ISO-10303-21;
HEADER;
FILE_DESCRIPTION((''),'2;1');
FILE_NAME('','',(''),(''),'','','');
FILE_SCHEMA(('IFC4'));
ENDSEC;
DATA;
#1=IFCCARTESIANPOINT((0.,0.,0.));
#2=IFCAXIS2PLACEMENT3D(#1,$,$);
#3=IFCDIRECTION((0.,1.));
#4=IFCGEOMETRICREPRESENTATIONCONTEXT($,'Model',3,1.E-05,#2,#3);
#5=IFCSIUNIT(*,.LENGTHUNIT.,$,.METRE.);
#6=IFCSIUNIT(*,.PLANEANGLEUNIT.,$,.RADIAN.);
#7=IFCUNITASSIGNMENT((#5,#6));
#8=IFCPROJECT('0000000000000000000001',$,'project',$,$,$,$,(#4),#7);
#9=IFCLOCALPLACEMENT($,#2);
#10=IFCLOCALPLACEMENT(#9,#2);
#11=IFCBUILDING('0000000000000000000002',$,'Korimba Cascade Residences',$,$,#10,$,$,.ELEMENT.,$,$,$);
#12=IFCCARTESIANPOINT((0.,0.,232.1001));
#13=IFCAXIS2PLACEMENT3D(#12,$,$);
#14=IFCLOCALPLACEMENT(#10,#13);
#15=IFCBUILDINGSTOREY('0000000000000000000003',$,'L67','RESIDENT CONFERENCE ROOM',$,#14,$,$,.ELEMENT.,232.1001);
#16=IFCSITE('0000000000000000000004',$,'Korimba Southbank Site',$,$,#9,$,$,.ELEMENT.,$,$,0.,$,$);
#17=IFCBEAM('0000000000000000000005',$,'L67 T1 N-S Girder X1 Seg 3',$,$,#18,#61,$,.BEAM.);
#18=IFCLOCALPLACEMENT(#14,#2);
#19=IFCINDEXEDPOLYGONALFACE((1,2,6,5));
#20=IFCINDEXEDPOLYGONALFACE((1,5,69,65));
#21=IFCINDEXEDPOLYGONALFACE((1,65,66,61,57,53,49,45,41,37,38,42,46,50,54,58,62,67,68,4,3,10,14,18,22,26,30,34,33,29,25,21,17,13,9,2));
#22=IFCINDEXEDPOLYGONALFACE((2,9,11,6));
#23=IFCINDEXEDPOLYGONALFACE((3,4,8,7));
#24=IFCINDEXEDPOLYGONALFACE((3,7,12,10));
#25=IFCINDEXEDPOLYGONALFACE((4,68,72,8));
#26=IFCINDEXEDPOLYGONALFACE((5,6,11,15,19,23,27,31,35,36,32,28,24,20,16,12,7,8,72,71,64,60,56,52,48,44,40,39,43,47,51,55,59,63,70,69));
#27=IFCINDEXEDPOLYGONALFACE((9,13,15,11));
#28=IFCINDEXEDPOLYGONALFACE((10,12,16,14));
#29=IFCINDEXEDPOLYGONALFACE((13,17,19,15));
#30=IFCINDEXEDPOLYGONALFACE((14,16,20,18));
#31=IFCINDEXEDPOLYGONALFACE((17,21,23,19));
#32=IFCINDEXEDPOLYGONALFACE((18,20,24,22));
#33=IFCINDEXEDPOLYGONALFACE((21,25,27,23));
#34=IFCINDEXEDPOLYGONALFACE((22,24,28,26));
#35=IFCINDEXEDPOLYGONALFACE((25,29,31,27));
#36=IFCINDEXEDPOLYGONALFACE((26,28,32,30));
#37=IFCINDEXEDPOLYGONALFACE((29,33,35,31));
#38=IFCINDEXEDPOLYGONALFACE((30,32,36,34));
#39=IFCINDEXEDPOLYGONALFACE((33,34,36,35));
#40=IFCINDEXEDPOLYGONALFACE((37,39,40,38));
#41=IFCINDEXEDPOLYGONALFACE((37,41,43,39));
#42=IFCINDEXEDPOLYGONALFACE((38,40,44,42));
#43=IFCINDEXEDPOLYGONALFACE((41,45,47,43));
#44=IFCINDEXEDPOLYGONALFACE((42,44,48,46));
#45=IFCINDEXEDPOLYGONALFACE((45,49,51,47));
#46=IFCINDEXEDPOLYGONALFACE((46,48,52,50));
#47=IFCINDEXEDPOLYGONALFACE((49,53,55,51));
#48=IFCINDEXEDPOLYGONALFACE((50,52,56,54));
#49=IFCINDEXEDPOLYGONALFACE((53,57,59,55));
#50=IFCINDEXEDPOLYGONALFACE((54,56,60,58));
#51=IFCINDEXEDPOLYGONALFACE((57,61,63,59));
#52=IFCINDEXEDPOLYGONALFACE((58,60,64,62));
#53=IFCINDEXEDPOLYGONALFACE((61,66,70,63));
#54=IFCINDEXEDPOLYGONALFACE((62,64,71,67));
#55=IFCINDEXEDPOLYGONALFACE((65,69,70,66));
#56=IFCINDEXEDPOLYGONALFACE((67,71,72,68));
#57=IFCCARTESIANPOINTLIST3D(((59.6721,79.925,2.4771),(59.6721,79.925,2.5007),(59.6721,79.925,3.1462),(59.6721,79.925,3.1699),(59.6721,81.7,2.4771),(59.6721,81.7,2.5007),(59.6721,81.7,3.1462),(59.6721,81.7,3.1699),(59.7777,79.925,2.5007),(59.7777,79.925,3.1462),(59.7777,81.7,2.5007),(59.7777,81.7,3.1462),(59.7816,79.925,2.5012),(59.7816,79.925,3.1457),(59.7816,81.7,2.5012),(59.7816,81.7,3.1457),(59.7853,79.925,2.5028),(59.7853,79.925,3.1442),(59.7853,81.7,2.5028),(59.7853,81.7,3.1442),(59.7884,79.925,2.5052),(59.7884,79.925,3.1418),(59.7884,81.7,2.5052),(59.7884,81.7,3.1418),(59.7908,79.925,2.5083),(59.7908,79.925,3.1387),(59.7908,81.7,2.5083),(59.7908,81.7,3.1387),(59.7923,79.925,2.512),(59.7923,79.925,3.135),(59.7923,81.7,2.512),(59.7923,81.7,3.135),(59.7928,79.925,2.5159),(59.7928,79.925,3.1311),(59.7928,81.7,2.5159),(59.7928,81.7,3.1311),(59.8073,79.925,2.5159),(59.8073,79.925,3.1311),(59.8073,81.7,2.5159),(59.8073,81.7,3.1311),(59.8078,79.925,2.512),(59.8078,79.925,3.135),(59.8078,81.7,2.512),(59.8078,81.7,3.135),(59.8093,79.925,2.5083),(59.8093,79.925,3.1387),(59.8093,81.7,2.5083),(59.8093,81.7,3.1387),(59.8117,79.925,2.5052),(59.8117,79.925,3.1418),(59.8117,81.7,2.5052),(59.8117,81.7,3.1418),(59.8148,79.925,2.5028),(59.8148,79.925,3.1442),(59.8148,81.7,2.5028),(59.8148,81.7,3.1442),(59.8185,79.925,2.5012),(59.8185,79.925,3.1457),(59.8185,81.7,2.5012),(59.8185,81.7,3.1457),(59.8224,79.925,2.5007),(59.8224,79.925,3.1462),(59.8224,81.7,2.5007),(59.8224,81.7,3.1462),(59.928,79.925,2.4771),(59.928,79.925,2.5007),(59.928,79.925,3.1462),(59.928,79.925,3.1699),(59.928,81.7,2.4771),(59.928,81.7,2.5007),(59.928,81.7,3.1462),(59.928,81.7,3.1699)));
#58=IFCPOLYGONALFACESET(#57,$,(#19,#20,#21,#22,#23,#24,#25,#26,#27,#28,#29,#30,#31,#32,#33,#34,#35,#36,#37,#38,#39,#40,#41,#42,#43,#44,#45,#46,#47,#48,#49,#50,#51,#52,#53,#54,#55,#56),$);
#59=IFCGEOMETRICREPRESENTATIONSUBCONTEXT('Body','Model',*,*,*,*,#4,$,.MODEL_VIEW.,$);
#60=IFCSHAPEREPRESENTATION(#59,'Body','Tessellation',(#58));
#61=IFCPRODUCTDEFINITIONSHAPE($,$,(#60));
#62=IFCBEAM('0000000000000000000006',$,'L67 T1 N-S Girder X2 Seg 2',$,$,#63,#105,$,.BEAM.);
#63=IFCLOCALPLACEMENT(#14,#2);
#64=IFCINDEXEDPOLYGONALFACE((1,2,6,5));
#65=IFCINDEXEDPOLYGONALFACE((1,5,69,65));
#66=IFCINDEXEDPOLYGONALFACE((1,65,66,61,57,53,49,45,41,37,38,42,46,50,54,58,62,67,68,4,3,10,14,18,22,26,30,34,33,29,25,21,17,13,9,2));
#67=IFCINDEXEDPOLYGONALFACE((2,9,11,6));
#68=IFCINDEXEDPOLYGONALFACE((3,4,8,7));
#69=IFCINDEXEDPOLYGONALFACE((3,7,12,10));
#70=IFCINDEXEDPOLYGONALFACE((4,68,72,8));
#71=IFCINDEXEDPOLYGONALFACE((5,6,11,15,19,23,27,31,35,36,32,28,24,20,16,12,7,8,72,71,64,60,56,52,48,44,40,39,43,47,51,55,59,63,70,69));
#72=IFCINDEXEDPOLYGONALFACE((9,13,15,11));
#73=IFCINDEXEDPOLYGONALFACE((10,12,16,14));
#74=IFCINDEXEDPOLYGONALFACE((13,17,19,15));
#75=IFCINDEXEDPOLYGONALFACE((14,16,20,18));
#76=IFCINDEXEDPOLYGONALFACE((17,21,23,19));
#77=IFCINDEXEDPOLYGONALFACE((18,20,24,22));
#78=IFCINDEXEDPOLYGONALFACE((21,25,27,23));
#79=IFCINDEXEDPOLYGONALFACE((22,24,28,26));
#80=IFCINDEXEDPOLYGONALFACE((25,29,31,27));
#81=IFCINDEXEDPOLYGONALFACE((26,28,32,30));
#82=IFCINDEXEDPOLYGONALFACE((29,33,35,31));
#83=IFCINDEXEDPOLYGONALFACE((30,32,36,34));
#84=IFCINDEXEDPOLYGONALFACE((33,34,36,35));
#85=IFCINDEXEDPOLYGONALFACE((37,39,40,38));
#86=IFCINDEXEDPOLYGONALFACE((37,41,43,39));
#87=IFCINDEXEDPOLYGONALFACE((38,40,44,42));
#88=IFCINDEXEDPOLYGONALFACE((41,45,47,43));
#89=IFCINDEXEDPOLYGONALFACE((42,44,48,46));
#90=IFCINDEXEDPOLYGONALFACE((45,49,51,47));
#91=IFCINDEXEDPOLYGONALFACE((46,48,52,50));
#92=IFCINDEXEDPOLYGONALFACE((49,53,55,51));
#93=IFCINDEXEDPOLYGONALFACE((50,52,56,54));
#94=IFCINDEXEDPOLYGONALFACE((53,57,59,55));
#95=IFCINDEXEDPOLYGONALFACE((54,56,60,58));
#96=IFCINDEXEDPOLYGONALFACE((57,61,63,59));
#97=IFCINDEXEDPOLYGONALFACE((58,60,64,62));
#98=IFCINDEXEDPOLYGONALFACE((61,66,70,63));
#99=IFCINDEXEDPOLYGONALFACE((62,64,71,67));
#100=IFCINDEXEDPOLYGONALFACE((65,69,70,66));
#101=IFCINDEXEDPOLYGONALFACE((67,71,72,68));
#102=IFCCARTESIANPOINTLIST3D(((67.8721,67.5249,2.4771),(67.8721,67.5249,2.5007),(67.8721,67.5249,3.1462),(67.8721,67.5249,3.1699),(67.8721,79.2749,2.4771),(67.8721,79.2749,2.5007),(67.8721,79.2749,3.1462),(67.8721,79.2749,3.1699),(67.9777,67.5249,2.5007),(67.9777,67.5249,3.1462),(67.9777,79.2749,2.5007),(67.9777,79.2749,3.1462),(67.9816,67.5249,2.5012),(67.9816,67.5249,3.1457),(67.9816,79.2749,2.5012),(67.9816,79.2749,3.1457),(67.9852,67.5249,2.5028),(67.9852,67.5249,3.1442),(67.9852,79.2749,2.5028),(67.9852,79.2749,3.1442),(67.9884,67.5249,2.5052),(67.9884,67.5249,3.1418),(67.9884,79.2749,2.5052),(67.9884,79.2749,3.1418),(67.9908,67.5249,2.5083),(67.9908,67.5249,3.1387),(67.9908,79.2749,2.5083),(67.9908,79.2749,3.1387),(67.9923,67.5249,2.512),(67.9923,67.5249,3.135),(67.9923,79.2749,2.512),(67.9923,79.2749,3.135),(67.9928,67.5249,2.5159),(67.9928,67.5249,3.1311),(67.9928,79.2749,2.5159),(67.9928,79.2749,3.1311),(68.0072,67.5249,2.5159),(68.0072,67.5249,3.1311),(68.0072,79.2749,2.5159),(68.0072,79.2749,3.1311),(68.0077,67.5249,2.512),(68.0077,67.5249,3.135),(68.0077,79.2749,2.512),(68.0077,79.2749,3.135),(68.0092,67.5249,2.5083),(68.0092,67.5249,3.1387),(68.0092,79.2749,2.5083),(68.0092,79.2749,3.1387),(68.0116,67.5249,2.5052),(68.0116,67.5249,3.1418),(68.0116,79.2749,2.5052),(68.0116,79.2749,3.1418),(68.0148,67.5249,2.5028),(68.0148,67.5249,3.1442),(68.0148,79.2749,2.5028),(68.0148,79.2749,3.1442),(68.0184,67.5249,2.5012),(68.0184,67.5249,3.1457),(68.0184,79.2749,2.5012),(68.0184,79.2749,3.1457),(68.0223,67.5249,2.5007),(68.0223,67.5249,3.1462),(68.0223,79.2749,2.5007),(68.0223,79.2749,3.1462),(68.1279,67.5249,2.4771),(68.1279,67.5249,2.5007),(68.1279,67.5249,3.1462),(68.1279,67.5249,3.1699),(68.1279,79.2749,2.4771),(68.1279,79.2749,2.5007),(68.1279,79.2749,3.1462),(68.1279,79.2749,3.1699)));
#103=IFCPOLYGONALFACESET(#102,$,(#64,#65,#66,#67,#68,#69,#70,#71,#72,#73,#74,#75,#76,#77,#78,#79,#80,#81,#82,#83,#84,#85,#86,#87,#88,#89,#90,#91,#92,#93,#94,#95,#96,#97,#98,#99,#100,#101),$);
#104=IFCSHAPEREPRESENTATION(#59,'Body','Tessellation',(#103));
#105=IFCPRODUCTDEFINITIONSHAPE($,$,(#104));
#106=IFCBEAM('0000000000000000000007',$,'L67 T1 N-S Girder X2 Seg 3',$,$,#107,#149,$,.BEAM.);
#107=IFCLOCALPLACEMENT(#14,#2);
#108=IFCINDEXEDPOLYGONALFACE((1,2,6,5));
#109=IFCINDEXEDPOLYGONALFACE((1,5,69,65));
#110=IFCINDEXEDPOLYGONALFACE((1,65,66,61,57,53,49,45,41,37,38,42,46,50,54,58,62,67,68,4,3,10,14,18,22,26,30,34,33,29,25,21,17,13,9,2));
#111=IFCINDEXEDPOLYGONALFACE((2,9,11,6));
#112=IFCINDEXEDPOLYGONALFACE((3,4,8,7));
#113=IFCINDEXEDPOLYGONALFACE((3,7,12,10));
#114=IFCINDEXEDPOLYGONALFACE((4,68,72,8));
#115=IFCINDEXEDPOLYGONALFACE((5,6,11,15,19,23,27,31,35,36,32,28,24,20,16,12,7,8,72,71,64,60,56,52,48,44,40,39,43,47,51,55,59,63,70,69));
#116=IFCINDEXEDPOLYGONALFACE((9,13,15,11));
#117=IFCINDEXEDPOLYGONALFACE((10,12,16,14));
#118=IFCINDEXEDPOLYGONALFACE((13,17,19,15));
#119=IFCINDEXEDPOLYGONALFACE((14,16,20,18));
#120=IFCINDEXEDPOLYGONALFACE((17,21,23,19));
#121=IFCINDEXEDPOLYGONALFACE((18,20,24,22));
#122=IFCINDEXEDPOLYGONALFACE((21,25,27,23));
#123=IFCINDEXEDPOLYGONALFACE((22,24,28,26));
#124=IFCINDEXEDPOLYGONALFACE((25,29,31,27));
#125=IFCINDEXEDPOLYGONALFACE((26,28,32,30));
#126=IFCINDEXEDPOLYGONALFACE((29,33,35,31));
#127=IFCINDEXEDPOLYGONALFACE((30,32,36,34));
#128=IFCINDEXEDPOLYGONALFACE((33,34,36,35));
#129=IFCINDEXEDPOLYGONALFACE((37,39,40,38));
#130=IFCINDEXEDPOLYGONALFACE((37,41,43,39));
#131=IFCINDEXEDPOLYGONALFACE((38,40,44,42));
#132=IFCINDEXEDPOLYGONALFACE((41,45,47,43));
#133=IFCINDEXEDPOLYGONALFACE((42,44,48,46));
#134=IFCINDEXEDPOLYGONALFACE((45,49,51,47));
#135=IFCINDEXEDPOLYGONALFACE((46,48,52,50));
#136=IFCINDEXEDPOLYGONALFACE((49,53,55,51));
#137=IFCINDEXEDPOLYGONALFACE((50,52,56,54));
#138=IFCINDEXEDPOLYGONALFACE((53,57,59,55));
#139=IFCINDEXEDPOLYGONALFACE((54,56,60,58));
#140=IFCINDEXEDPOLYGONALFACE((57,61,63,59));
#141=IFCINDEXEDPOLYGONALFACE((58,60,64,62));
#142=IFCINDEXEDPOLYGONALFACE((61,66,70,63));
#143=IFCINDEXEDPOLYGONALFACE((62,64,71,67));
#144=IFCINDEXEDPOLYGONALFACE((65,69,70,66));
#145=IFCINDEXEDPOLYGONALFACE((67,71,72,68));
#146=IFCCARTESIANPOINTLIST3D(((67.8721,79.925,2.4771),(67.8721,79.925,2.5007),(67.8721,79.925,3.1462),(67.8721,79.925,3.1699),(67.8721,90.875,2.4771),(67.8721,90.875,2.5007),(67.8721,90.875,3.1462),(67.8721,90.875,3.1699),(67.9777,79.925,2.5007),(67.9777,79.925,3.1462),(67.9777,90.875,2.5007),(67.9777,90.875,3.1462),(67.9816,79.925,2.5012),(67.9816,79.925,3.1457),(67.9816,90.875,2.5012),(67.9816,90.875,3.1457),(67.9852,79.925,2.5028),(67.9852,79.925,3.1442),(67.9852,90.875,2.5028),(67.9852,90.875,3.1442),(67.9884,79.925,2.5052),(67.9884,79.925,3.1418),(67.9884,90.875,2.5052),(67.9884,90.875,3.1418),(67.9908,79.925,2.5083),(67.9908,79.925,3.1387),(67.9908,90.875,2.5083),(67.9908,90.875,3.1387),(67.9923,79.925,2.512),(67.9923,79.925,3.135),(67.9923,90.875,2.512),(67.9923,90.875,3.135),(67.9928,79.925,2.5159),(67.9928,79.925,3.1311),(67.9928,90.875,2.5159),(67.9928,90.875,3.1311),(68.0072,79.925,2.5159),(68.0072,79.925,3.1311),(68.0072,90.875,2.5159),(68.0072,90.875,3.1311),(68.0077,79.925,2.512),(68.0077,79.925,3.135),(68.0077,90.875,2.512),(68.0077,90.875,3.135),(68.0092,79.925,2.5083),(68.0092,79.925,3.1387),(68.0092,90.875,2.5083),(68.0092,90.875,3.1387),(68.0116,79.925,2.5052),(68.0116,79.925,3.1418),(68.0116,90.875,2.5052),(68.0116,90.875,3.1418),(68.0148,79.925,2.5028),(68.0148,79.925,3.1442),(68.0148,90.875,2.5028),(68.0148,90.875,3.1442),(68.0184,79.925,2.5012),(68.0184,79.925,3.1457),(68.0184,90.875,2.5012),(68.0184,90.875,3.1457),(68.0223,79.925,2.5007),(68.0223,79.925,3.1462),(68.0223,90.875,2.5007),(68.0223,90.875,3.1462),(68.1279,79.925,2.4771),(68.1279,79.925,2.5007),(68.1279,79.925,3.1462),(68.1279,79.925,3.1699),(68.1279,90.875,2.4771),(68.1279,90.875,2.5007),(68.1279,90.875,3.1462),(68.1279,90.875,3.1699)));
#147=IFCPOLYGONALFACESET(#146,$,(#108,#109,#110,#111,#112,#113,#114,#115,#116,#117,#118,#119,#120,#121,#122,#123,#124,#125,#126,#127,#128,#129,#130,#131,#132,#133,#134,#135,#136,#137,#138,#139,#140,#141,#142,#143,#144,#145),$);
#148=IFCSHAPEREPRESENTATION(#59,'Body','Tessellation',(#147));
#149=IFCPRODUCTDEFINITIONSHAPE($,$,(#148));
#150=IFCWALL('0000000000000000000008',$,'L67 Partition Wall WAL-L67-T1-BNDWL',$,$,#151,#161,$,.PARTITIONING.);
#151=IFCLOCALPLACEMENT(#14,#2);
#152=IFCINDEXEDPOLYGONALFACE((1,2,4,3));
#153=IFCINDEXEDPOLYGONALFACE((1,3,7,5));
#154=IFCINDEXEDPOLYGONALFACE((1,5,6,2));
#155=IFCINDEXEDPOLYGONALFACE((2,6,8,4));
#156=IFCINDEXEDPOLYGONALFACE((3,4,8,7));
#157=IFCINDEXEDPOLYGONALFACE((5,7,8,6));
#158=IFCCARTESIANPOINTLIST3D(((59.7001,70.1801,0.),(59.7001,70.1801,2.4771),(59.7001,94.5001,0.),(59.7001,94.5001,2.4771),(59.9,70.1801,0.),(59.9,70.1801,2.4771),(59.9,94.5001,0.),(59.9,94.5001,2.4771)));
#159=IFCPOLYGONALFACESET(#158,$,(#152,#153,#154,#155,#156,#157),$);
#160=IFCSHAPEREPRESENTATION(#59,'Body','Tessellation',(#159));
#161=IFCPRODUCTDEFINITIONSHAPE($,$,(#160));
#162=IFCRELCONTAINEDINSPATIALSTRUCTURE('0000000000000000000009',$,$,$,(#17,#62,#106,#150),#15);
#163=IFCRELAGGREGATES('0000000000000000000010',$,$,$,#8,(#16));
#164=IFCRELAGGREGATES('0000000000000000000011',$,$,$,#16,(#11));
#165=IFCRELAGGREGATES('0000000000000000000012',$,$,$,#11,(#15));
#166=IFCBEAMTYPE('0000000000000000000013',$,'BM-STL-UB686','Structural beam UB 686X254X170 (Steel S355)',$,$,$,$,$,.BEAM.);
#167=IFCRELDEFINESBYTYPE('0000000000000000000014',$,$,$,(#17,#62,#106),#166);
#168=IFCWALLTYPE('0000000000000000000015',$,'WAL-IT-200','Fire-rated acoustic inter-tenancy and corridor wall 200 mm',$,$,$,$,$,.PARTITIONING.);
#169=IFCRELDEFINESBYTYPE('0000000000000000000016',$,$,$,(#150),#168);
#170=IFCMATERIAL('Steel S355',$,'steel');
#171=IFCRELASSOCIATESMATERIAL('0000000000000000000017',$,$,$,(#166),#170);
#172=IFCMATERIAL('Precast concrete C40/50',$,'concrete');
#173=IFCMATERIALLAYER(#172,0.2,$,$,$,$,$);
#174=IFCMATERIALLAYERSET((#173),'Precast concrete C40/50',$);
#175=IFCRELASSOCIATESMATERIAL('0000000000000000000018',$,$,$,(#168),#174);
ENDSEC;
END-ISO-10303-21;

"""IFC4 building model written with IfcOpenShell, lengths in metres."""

from ifc_helpers import new_model, si_unit, direction, frame, frame_2d, origin, origin_2d, place, context, subcontext, project, spatial, rectangle, i_section, extrude, material, layer, layer_set, material_profile, profile_set, type_object, element, save


model = new_model("IFC4")

# Units and contexts
model_context = context("Model", 3, precision=1e-05, world=origin(), true_north=direction((0.0, 1.0)))
body_context = subcontext(model_context, "Body", "Model", "MODEL_VIEW")
ifc_project = project(units=[si_unit("LENGTHUNIT", "METRE"), si_unit("PLANEANGLEUNIT", "RADIAN")], contexts=[model_context])

# Site, building, storey
site_placement = place(None, origin())
site = spatial("IfcSite", under=ifc_project, at=site_placement, Name="Korimba Southbank Site", CompositionType="ELEMENT", RefElevation=0.0)
building_placement = place(site_placement, origin())
building = spatial("IfcBuilding", under=site, at=building_placement, Name="Korimba Cascade Residences", CompositionType="ELEMENT")
storey_placement = place(building_placement, frame((0.0, 0.0, 232.1001)))
storey = spatial("IfcBuildingStorey", under=building, at=storey_placement, Name="L67", Description="RESIDENT CONFERENCE ROOM", CompositionType="ELEMENT", Elevation=232.1001)

# Beams
ifc_material_1 = material(Name="Steel S355", Category="steel")
ifc_material_profile_1 = material_profile(ifc_material_1, i_section(OverallWidth=0.2559, OverallDepth=0.6929, WebThickness=0.0144, FlangeThickness=0.0237, FilletRadius=0.0151, at=origin_2d()), Name="Steel S355")
ifc_profile_set_1 = profile_set([ifc_material_profile_1], Name="Steel S355")
beam_type_1 = type_object("IfcBeamType", Name="BM-STL-UB686", Description="Structural beam UB 686X254X170 (Steel S355)", PredefinedType="BEAM", material=ifc_profile_set_1)
beam_1_placement = place(storey_placement, frame((59.8, 79.925, 2.8235), z_axis=(0.0, 1.0, 0.0), x_axis=(-1.0, 0.0, 0.0)))
element("IfcBeam", 1, at=beam_1_placement, inside=storey, type_object=beam_type_1, Name="L67 T1 N-S Girder X1 Seg 3", PredefinedType="BEAM", context=body_context, shape_type="SweptSolid", body=[
    extrude(i_section(OverallWidth=0.2559, OverallDepth=0.6929, WebThickness=0.0144, FlangeThickness=0.0237, FilletRadius=0.0151, at=origin_2d()), origin(), (0.0, 0.0, 1.0), 1.7749),
])
beam_2_placement = place(storey_placement, frame((68.0, 67.5249, 2.8235), z_axis=(0.0, 1.0, 0.0), x_axis=(-1.0, 0.0, 0.0)))
element("IfcBeam", 2, at=beam_2_placement, inside=storey, type_object=beam_type_1, Name="L67 T1 N-S Girder X2 Seg 2", PredefinedType="BEAM", context=body_context, shape_type="SweptSolid", body=[
    extrude(i_section(OverallWidth=0.2559, OverallDepth=0.6929, WebThickness=0.0144, FlangeThickness=0.0237, FilletRadius=0.0151, at=origin_2d()), origin(), (0.0, 0.0, 1.0), 11.75),
])
beam_3_placement = place(storey_placement, frame((68.0, 79.925, 2.8235), z_axis=(0.0, 1.0, 0.0), x_axis=(-1.0, 0.0, 0.0)))
element("IfcBeam", 3, at=beam_3_placement, inside=storey, type_object=beam_type_1, Name="L67 T1 N-S Girder X2 Seg 3", PredefinedType="BEAM", context=body_context, shape_type="SweptSolid", body=[
    extrude(i_section(OverallWidth=0.2559, OverallDepth=0.6929, WebThickness=0.0144, FlangeThickness=0.0237, FilletRadius=0.0151, at=origin_2d()), origin(), (0.0, 0.0, 1.0), 10.95),
])

# Wall
ifc_material_2 = material(Name="Precast concrete C40/50", Category="concrete")
ifc_layer_1 = layer(ifc_material_2, 0.2)
ifc_layer_set_1 = layer_set([ifc_layer_1], Name="Precast concrete C40/50")
wall_type_1 = type_object("IfcWallType", Name="WAL-IT-200", Description="Fire-rated acoustic inter-tenancy and corridor wall 200 mm", PredefinedType="PARTITIONING", material=ifc_layer_set_1)
wall_1_placement = place(storey_placement, frame((59.8, 70.1799, 0.0), z_axis=(0.0, 0.0, 1.0), x_axis=(0.0, 1.0, 0.0)))
element("IfcWall", 4, at=wall_1_placement, inside=storey, type_object=wall_type_1, Name="L67 Partition Wall WAL-L67-T1-BNDWL", PredefinedType="PARTITIONING", context=body_context, shape_type="SweptSolid", body=[
    extrude(rectangle(XDim=24.3201, YDim=0.2, at=frame_2d((12.1602, 0.0))), origin(), (0.0, 0.0, 1.0), 2.4771),
])

save(model, "model.ifc")
